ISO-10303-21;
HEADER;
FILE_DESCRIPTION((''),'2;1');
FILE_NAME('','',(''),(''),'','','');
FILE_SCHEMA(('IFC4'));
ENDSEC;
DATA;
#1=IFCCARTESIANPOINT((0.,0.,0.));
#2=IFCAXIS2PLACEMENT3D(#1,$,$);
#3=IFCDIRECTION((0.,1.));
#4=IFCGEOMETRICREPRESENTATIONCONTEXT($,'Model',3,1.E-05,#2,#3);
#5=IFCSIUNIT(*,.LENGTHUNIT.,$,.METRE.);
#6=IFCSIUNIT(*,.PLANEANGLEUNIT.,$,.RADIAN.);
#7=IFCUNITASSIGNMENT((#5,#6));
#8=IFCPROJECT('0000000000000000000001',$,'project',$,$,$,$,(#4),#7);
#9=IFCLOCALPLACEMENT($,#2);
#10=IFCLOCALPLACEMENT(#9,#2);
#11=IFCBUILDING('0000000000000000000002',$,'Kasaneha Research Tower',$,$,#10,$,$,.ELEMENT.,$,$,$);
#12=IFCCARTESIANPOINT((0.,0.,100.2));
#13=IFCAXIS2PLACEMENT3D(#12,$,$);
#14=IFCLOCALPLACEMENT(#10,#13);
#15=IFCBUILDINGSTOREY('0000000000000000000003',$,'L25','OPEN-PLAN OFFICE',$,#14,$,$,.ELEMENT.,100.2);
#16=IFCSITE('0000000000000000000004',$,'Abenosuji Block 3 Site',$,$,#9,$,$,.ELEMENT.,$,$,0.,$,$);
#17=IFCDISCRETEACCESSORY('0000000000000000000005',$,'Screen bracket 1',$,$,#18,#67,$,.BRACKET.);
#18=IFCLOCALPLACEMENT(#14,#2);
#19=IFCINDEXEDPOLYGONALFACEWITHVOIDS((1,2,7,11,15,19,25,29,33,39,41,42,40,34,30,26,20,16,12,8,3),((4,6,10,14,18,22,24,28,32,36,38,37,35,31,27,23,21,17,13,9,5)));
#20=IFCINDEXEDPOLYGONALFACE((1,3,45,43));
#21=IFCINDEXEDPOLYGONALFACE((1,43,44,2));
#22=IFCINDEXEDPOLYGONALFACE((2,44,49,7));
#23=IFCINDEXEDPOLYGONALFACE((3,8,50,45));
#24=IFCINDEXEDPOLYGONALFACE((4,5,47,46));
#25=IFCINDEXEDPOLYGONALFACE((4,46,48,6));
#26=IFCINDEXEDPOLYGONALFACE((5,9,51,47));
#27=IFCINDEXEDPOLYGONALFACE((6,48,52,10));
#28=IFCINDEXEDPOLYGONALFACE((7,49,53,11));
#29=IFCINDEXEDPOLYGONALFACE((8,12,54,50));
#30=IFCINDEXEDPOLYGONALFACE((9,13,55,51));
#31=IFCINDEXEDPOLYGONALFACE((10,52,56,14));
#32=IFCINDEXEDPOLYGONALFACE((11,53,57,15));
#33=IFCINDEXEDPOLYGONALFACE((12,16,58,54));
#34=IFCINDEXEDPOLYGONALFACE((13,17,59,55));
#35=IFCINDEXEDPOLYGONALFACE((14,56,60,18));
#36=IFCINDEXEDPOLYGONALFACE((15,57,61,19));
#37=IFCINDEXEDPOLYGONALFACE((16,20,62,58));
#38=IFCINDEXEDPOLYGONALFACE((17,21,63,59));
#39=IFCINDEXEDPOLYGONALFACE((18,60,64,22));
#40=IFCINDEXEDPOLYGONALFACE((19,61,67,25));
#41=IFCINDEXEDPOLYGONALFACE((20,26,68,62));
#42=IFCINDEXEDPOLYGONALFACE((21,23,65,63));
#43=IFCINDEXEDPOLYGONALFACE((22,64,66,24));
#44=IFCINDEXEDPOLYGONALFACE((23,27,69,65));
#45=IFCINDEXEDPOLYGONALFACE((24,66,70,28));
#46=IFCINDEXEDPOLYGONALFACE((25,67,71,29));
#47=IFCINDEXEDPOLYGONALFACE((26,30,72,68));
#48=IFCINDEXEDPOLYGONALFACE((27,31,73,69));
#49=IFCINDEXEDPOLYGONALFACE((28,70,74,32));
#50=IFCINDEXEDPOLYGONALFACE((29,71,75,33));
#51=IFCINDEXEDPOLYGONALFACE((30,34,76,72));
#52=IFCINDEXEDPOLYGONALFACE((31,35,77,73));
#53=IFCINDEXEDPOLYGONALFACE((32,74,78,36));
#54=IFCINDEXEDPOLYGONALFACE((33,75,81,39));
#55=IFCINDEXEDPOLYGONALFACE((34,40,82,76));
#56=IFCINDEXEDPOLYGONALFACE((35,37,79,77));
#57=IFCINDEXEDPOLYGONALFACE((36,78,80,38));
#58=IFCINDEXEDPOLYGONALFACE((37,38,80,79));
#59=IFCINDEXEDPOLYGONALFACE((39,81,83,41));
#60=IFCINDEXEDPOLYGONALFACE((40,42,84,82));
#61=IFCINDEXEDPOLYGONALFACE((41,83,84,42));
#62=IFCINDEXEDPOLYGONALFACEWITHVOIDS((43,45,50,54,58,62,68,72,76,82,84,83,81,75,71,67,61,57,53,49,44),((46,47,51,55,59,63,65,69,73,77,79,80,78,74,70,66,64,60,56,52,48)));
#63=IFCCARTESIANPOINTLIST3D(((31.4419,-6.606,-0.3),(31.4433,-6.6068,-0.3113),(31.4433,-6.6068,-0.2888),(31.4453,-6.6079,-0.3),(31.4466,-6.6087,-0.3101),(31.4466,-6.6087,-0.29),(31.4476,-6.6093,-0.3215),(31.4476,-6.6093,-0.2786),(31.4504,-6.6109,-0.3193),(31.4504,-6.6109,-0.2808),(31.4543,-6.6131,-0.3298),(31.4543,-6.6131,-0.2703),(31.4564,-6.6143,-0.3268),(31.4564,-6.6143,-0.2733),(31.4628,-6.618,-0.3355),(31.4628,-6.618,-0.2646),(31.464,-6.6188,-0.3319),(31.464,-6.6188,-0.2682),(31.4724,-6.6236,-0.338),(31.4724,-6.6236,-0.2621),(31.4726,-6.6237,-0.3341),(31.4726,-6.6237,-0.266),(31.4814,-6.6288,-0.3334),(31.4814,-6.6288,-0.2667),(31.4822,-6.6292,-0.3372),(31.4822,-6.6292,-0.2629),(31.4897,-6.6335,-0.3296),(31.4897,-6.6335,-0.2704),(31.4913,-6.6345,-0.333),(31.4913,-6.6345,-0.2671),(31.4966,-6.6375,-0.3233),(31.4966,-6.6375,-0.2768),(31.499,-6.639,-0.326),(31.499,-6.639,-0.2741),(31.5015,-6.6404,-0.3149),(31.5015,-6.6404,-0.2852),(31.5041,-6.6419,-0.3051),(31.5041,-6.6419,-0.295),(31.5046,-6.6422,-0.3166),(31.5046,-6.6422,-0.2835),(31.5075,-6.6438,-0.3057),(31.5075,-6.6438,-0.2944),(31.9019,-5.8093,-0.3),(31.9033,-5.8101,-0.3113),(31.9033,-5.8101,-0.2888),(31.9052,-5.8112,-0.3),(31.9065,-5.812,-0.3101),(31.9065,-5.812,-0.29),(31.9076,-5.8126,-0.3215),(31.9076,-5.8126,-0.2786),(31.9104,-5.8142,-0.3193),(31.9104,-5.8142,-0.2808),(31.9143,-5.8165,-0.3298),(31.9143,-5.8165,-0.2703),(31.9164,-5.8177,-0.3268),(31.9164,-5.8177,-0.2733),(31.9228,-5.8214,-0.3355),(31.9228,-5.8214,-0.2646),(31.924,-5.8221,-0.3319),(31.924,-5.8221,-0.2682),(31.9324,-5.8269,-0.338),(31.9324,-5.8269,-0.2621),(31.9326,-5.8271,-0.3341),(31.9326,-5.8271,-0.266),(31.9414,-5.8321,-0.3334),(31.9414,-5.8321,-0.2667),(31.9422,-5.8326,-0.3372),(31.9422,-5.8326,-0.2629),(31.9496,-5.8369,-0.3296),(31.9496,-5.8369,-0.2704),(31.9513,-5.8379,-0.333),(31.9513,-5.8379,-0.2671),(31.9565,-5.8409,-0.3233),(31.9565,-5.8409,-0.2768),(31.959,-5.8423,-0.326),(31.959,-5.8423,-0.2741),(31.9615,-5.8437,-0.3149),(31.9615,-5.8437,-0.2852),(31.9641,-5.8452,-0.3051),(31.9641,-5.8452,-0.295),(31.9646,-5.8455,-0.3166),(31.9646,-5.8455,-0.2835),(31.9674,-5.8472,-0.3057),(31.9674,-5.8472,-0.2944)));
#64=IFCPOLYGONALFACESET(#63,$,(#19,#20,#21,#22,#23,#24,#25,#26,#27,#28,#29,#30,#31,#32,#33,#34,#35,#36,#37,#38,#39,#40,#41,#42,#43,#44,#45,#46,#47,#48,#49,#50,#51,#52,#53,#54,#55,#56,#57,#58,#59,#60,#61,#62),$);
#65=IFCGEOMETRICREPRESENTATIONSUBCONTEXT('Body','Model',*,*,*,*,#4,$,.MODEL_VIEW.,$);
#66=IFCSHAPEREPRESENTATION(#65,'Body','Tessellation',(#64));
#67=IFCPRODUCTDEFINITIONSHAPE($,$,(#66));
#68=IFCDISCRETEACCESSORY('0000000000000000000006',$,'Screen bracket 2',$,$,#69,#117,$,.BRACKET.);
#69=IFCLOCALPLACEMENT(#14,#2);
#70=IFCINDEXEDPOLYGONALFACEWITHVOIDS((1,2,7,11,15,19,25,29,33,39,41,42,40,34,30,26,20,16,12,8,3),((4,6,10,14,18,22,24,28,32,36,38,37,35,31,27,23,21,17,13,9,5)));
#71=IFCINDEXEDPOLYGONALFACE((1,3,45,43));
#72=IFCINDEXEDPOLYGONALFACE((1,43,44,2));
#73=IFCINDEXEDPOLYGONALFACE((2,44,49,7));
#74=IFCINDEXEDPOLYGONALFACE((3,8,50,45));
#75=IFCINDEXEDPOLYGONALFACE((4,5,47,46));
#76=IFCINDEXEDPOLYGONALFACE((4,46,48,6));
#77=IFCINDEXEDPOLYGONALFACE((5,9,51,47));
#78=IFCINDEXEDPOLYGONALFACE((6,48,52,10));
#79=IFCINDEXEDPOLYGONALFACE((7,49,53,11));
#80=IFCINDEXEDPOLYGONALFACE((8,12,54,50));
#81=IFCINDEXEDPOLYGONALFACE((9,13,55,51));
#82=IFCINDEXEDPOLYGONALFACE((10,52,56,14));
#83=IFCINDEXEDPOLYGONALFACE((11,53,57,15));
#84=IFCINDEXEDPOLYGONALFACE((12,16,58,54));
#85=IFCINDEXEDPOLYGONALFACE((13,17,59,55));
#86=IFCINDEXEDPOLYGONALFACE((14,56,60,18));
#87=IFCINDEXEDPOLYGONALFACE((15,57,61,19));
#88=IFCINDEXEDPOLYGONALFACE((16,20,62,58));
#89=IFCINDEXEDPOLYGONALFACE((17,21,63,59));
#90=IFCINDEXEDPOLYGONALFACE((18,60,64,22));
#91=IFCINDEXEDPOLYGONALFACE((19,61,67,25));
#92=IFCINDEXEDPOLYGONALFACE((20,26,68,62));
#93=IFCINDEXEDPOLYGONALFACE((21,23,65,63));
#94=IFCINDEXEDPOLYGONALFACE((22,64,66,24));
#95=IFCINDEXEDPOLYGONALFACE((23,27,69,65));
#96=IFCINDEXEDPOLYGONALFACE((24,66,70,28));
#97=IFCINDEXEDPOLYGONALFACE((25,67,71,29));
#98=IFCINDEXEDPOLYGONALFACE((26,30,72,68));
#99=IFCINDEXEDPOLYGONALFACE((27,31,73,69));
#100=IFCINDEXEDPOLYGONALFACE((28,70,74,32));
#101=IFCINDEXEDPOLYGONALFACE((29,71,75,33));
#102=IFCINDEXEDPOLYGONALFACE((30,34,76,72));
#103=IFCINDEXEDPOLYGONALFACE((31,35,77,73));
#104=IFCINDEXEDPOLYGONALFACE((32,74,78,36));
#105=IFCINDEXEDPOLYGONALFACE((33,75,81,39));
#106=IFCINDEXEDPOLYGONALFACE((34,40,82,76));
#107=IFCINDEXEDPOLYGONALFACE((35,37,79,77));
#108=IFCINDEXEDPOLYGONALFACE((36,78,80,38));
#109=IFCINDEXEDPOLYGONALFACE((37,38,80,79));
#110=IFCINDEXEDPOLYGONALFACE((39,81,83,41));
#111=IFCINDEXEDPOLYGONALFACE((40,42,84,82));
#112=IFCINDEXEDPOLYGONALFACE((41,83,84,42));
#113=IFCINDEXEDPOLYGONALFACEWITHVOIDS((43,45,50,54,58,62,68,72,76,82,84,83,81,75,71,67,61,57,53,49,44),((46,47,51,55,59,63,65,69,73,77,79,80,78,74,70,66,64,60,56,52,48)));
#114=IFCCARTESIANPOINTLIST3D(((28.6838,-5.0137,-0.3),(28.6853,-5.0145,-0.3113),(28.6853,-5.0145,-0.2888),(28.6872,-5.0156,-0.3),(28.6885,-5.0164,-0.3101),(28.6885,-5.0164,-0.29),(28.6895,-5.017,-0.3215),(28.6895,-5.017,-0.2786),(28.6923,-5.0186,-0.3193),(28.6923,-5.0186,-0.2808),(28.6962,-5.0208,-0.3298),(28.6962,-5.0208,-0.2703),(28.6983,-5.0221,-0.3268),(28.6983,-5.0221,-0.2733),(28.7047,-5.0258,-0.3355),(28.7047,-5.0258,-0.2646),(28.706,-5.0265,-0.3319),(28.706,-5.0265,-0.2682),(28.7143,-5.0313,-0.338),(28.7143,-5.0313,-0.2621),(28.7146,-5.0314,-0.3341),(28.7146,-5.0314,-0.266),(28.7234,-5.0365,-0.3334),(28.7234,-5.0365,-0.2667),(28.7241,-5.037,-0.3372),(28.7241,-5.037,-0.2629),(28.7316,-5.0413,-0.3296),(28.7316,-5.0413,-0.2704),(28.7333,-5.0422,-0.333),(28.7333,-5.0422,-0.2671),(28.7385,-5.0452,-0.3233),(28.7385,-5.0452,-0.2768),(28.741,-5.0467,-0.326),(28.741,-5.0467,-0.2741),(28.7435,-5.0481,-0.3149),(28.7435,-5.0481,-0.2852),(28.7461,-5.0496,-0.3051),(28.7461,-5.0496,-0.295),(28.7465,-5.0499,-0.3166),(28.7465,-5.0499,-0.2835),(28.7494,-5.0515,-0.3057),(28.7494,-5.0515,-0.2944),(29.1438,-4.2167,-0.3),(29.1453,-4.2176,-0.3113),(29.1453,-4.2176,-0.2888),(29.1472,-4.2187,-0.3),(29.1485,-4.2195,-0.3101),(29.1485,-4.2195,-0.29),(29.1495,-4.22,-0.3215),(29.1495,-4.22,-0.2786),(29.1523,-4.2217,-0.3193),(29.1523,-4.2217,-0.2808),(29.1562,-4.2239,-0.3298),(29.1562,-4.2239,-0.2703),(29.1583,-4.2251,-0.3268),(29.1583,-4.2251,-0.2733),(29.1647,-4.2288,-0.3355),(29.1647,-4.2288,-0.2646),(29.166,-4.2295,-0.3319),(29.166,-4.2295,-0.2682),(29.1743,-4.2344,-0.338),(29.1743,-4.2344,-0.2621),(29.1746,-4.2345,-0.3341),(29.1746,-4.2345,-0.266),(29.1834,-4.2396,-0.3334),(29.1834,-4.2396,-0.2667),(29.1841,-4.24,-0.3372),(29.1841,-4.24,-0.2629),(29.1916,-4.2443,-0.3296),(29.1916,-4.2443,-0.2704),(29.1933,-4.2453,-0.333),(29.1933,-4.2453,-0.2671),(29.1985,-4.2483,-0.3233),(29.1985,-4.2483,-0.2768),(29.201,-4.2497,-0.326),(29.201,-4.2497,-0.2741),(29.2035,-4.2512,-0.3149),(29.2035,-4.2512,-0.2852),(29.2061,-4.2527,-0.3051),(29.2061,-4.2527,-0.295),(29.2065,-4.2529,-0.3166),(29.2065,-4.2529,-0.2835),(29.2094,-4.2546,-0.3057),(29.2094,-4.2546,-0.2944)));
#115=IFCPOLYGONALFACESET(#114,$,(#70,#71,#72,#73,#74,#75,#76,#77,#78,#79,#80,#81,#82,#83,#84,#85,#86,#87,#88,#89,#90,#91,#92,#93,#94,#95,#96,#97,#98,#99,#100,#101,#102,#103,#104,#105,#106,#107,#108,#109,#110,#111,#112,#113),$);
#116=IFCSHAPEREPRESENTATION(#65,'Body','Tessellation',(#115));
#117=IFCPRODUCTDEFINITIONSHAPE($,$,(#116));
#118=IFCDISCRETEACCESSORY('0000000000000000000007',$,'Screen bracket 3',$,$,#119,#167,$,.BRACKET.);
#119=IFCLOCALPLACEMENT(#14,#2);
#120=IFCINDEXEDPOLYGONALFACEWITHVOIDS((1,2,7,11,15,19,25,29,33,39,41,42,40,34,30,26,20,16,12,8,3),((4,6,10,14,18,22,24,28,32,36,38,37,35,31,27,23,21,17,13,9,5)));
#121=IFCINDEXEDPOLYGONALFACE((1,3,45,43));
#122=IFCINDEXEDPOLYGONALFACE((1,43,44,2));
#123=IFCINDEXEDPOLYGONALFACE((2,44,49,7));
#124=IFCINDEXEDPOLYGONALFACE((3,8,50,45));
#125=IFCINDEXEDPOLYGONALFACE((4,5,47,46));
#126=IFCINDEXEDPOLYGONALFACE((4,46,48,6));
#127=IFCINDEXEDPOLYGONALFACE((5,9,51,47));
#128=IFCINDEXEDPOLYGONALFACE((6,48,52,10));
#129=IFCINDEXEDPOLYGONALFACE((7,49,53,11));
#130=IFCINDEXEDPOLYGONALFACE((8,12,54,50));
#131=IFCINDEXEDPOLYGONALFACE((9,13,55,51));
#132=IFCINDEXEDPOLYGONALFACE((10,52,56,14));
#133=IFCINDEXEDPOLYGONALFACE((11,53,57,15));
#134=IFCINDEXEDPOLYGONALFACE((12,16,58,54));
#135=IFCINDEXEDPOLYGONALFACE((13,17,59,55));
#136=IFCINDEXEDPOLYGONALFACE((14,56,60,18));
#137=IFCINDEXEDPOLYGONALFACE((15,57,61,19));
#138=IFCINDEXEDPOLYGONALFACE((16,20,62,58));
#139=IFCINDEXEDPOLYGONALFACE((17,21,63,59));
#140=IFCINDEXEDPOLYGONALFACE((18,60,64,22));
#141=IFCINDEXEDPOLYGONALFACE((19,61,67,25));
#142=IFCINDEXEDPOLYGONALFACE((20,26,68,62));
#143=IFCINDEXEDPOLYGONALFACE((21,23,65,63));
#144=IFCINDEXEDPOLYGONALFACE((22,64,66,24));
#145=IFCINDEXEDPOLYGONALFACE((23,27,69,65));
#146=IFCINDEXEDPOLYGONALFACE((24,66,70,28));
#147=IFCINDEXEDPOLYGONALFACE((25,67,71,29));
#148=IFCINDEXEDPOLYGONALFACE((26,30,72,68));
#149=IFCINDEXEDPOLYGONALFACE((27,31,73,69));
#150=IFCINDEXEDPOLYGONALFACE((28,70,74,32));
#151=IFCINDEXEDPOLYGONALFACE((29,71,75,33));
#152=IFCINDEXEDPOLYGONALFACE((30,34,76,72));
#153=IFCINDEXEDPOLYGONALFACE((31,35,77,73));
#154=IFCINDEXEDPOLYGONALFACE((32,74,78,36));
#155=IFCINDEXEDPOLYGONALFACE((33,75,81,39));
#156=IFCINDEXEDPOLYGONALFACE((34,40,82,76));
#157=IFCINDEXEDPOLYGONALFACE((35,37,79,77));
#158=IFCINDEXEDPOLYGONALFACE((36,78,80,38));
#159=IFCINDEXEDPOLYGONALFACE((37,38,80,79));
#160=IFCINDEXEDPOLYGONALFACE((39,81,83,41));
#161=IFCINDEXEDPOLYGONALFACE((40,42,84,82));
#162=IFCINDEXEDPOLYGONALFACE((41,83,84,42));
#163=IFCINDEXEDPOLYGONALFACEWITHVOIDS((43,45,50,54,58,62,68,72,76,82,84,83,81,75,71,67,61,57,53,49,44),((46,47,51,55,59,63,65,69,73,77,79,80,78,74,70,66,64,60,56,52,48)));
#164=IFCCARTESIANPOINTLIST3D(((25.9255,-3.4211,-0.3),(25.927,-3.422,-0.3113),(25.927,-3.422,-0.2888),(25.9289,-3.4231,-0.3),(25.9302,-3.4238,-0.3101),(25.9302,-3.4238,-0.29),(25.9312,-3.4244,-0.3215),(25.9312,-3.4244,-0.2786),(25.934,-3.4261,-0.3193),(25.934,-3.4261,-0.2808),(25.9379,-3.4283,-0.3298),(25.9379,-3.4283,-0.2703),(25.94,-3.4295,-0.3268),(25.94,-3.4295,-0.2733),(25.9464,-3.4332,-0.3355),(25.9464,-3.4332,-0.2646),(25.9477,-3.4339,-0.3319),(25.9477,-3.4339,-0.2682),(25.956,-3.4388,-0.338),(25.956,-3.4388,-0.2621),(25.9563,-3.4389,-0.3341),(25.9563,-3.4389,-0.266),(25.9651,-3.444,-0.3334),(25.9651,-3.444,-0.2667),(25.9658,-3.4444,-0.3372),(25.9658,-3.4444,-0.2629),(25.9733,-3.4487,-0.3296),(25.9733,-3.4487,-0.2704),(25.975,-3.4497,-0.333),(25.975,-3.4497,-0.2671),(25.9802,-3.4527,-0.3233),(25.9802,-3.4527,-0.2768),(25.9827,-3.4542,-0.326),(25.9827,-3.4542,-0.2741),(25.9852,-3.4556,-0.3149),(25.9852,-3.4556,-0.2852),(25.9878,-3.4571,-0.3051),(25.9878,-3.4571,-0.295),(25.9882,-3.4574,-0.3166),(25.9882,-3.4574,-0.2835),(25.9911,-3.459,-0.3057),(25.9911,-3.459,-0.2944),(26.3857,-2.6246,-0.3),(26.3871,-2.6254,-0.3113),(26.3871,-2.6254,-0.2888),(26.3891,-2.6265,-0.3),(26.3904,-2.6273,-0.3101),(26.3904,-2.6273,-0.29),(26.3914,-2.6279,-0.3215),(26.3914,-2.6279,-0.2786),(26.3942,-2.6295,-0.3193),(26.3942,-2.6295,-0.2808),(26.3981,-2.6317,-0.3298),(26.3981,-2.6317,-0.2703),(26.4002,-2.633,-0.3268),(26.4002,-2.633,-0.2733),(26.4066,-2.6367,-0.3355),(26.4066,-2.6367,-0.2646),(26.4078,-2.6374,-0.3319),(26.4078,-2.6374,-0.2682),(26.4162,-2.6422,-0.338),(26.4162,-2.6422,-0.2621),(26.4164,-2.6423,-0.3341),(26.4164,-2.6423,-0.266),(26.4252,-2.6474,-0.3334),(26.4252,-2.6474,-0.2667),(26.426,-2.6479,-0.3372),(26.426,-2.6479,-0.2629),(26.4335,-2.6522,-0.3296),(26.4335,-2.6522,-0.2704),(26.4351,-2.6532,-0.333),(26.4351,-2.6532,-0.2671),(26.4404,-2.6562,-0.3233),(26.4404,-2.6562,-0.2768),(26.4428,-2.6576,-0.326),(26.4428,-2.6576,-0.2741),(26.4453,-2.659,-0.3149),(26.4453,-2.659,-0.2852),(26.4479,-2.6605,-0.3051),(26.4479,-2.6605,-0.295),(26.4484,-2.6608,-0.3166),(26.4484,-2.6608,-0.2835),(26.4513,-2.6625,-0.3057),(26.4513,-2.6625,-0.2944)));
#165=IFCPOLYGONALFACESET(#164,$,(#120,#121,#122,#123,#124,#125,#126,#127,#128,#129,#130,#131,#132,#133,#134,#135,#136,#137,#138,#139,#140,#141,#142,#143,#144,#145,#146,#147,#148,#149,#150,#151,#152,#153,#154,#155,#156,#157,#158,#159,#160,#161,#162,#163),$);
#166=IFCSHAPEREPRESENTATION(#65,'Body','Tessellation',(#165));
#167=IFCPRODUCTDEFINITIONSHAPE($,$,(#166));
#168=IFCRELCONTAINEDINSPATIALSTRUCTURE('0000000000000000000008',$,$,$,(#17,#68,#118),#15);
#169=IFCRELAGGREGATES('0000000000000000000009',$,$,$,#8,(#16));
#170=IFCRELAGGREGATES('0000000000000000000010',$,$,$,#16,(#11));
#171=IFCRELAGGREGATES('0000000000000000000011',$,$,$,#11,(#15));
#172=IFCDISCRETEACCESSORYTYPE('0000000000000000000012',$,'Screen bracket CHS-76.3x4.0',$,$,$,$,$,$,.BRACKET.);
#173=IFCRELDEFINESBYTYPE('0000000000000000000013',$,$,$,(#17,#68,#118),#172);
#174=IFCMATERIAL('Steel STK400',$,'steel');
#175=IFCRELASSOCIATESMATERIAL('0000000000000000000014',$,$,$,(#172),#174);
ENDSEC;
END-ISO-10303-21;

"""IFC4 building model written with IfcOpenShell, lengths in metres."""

from ifc_helpers import new_model, si_unit, direction, frame, origin, origin_2d, place, context, subcontext, project, spatial, hollow_circle, extrude, material, material_profile, profile_set, type_object, element, save


model = new_model("IFC4")

# Units and contexts
model_context = context("Model", 3, precision=1e-05, world=origin(), true_north=direction((0.0, 1.0)))
body_context = subcontext(model_context, "Body", "Model", "MODEL_VIEW")
ifc_project = project(units=[si_unit("LENGTHUNIT", "METRE"), si_unit("PLANEANGLEUNIT", "RADIAN")], contexts=[model_context])

# Site, building, storey
site_placement = place(None, origin())
site = spatial("IfcSite", under=ifc_project, at=site_placement, Name="Abenosuji Block 3 Site", CompositionType="ELEMENT", RefElevation=0.0)
building_placement = place(site_placement, origin())
building = spatial("IfcBuilding", under=site, at=building_placement, Name="Kasaneha Research Tower", CompositionType="ELEMENT")
storey_placement = place(building_placement, frame((0.0, 0.0, 100.2)))
storey = spatial("IfcBuildingStorey", under=building, at=storey_placement, Name="L25", Description="OPEN-PLAN OFFICE", CompositionType="ELEMENT", Elevation=100.2)

# Discrete accessories
ifc_material_1 = material(Name="Steel STK400", Category="steel")
ifc_material_profile_1 = material_profile(ifc_material_1, hollow_circle(Radius=0.0381, WallThickness=0.0039, at=origin_2d()), Name="CHS-76.3x4.0")
ifc_profile_set_1 = profile_set([ifc_material_profile_1], Name="Steel STK400")
discrete_accessory_type = type_object("IfcDiscreteAccessoryType", Name="Screen bracket CHS-76.3x4.0", PredefinedType="BRACKET", material=ifc_profile_set_1)
discrete_accessory_1_placement = place(storey_placement, frame((31.4749, -6.625, -0.3), z_axis=(0.500021, 0.866013, 0.0), x_axis=(-0.866013, 0.500021, 0.0)))
element("IfcDiscreteAccessory", 1, at=discrete_accessory_1_placement, inside=storey, type_object=discrete_accessory_type, Name="Screen bracket 1", PredefinedType="BRACKET", context=body_context, shape_type="SweptSolid", body=[
    extrude(hollow_circle(Radius=0.0381, WallThickness=0.0039, at=origin_2d()), origin(), (0.0, 0.0, 1.0), 0.9199),
])
discrete_accessory_2_placement = place(storey_placement, frame((28.7168, -5.0327, -0.3), z_axis=(0.499906, 0.86608, 0.0), x_axis=(-0.86608, 0.499906, 0.0)))
element("IfcDiscreteAccessory", 2, at=discrete_accessory_2_placement, inside=storey, type_object=discrete_accessory_type, Name="Screen bracket 2", PredefinedType="BRACKET", context=body_context, shape_type="SweptSolid", body=[
    extrude(hollow_circle(Radius=0.0381, WallThickness=0.0039, at=origin_2d()), origin(), (0.0, 0.0, 1.0), 0.9202),
])
discrete_accessory_3_placement = place(storey_placement, frame((25.9585, -3.4402, -0.3), z_axis=(0.50022, 0.865898, 0.0), x_axis=(-0.865898, 0.50022, 0.0)))
element("IfcDiscreteAccessory", 3, at=discrete_accessory_3_placement, inside=storey, type_object=discrete_accessory_type, Name="Screen bracket 3", PredefinedType="BRACKET", context=body_context, shape_type="SweptSolid", body=[
    extrude(hollow_circle(Radius=0.0381, WallThickness=0.0039, at=origin_2d()), origin(), (0.0, 0.0, 1.0), 0.9199),
])

save(model, "model.ifc")
